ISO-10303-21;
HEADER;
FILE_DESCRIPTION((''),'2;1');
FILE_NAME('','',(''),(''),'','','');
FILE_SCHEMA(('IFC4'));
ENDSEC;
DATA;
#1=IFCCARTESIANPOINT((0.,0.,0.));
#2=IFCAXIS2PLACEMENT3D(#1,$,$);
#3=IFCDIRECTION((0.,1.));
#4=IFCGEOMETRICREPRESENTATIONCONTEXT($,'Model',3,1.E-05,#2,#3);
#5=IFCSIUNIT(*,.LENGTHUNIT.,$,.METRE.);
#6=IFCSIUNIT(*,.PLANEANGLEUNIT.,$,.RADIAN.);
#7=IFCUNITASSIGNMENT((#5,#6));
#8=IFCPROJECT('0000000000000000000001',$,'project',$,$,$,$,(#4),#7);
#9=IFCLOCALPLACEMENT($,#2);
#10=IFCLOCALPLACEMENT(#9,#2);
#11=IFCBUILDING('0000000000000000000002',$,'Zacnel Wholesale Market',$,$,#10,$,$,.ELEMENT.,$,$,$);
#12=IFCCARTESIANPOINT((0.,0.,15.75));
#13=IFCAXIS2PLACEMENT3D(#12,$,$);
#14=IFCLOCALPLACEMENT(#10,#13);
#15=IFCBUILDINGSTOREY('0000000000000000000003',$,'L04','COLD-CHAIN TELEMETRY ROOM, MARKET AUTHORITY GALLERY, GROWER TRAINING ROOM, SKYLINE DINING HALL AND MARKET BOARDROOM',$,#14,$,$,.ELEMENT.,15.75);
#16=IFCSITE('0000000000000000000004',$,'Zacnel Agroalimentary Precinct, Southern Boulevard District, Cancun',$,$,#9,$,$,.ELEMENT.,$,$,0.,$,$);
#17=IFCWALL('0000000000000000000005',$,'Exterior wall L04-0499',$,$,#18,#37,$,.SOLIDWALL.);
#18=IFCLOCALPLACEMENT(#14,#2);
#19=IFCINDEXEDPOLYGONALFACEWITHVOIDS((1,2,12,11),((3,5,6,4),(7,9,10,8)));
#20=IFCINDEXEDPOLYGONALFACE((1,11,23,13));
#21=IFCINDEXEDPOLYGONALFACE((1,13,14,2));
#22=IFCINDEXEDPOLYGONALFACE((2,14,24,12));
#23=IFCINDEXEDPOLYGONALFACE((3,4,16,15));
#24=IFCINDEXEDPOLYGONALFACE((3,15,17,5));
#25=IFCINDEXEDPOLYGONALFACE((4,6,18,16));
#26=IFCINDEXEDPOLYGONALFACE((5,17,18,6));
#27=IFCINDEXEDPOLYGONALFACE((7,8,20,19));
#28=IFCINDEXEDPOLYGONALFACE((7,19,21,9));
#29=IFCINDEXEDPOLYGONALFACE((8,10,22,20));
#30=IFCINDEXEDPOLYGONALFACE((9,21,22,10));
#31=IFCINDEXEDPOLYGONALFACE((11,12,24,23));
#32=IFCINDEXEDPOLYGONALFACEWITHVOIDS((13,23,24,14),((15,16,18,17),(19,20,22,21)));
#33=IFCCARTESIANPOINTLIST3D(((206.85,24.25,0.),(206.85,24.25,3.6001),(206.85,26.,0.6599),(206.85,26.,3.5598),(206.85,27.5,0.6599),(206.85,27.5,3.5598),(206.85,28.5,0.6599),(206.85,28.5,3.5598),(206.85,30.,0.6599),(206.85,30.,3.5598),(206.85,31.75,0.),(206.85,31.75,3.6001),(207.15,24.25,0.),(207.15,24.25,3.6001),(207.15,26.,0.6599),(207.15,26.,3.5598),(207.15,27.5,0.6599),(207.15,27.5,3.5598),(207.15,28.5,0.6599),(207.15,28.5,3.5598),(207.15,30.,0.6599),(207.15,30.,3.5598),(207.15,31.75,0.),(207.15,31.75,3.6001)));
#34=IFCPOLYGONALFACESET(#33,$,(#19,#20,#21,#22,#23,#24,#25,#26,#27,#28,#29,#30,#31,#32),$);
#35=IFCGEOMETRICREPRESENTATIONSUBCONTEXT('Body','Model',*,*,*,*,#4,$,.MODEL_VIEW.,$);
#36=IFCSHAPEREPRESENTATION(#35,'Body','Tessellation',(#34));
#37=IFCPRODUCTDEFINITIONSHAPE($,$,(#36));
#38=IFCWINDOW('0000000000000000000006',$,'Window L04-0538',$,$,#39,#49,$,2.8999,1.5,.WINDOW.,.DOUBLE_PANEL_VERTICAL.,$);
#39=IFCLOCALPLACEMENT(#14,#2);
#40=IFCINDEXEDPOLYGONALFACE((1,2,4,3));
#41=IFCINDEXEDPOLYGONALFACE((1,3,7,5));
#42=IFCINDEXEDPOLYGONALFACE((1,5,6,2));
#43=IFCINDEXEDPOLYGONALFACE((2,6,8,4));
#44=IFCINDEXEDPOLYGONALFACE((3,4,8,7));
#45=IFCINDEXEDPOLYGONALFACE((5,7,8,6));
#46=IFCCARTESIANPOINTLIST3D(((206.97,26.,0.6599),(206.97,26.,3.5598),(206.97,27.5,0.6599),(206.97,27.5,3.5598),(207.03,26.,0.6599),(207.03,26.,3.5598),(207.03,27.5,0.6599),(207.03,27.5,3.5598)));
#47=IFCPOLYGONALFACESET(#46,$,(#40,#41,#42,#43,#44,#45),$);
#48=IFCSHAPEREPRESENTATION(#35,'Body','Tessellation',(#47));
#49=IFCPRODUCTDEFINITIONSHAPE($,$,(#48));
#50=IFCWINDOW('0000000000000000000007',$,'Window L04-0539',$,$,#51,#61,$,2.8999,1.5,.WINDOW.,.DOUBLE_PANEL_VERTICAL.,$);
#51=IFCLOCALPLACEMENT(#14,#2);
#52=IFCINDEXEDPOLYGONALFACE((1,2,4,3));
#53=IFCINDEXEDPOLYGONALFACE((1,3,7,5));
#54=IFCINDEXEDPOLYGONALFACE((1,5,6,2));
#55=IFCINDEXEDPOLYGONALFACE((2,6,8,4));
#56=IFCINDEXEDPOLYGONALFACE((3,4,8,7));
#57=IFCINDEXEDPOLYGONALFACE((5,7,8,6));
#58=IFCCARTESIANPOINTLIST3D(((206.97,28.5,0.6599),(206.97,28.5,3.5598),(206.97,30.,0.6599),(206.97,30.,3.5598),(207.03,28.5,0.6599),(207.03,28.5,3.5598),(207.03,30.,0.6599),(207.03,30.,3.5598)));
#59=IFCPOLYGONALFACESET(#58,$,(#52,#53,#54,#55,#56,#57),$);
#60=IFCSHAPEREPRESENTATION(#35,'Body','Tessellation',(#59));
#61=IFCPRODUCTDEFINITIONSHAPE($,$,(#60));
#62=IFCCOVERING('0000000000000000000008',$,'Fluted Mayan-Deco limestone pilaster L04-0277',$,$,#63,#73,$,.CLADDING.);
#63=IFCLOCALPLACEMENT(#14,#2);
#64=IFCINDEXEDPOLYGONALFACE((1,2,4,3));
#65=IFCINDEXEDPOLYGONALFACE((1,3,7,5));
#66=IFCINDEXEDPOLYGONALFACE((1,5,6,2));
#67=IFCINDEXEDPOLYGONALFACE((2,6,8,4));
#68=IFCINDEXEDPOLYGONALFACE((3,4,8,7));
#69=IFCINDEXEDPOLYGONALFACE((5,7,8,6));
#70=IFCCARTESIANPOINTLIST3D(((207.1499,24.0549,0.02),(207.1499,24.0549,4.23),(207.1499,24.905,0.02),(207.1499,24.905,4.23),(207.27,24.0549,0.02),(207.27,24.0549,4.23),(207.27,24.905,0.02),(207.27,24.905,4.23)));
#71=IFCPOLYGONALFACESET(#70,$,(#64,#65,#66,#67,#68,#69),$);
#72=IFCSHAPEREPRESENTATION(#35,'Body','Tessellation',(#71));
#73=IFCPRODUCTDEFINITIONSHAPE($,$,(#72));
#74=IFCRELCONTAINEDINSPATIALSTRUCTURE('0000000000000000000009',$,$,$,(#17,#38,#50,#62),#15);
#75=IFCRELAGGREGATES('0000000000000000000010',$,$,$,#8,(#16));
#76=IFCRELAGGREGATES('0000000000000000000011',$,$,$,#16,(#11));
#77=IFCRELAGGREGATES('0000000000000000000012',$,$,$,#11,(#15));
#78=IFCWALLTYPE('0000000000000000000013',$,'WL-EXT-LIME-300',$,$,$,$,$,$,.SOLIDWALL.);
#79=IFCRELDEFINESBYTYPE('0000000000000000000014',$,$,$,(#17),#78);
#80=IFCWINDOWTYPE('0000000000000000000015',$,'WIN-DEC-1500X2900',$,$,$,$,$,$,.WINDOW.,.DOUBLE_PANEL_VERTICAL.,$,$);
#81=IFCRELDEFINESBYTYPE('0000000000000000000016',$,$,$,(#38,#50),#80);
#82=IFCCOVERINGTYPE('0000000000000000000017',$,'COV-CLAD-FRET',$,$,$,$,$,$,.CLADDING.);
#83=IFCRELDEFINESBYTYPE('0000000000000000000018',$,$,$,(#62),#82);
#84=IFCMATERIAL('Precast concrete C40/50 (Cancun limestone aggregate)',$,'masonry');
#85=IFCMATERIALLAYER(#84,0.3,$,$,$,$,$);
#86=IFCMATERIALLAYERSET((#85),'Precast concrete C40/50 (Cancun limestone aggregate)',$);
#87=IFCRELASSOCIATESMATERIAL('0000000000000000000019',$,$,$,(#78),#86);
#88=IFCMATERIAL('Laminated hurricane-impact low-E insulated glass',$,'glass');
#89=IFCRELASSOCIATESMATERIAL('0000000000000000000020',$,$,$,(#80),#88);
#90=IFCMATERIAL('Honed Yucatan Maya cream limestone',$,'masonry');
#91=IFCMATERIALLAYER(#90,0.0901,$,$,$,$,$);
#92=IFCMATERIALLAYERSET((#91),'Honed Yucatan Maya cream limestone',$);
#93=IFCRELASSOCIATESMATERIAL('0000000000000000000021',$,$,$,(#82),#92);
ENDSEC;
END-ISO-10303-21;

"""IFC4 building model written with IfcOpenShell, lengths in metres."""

from ifc_helpers import new_model, si_unit, direction, frame, frame_2d, origin, origin_2d, place, context, subcontext, project, spatial, rectangle, extrude, material, layer, layer_set, type_object, element, fill, save


model = new_model("IFC4")

# Units and contexts
model_context = context("Model", 3, precision=1e-05, world=origin(), true_north=direction((0.0, 1.0)))
body_context = subcontext(model_context, "Body", "Model", "MODEL_VIEW")
ifc_project = project(units=[si_unit("LENGTHUNIT", "METRE"), si_unit("PLANEANGLEUNIT", "RADIAN")], contexts=[model_context])

# Site, building, storey
site_placement = place(None, origin())
site = spatial("IfcSite", under=ifc_project, at=site_placement, Name="Zacnel Agroalimentary Precinct, Southern Boulevard District, Cancun", CompositionType="ELEMENT", RefElevation=0.0)
building_placement = place(site_placement, origin())
building = spatial("IfcBuilding", under=site, at=building_placement, Name="Zacnel Wholesale Market", CompositionType="ELEMENT")
storey_placement = place(building_placement, frame((0.0, 0.0, 15.75)))
storey = spatial("IfcBuildingStorey", under=building, at=storey_placement, Name="L04", Description="COLD-CHAIN TELEMETRY ROOM, MARKET AUTHORITY GALLERY, GROWER TRAINING ROOM, SKYLINE DINING HALL AND MARKET BOARDROOM", CompositionType="ELEMENT", Elevation=15.75)

# Wall, openings, windows
ifc_material_1 = material(Name="Precast concrete C40/50 (Cancun limestone aggregate)", Category="masonry")
ifc_layer_1 = layer(ifc_material_1, 0.3)
ifc_layer_set_1 = layer_set([ifc_layer_1], Name="Precast concrete C40/50 (Cancun limestone aggregate)")
wall_type_1 = type_object("IfcWallType", Name="WL-EXT-LIME-300", PredefinedType="SOLIDWALL", material=ifc_layer_set_1)
wall_1_placement = place(storey_placement, frame((207.0, 24.25, 0.0), z_axis=(0.0, 0.0, 1.0), x_axis=(0.0, 1.0, 0.0)))
wall_1 = element("IfcWall", 1, at=wall_1_placement, inside=storey, type_object=wall_type_1, Name="Exterior wall L04-0499", PredefinedType="SOLIDWALL", context=body_context, shape_type="SweptSolid", body=[
    extrude(rectangle(XDim=7.5, YDim=0.3, at=frame_2d((3.75, 0.0))), origin(), (0.0, 0.0, 1.0), 3.6001),
])
opening_1_placement = place(wall_1_placement, frame((1.75, 0.0, 0.6599)))
opening_1 = element("IfcOpeningElement", 2, at=opening_1_placement, cuts=wall_1, PredefinedType="OPENING", context=body_context, shape_type="SweptSolid", body=[
    extrude(rectangle(XDim=1.5, YDim=2.8999, at=frame_2d((0.75, 1.45))), frame((0.0, 0.1599, 0.0), z_axis=(0.0, -1.0, 0.0), x_axis=(1.0, 0.0, 0.0)), (0.0, 0.0, 1.0), 0.3201),
])
opening_2_placement = place(wall_1_placement, frame((4.25, 0.0, 0.6599)))
opening_2 = element("IfcOpeningElement", 3, at=opening_2_placement, cuts=wall_1, PredefinedType="OPENING", context=body_context, shape_type="SweptSolid", body=[
    extrude(rectangle(XDim=1.5, YDim=2.8999, at=frame_2d((0.75, 1.45))), frame((0.0, 0.1599, 0.0), z_axis=(0.0, -1.0, 0.0), x_axis=(1.0, 0.0, 0.0)), (0.0, 0.0, 1.0), 0.3201),
])
ifc_material_2 = material(Name="Laminated hurricane-impact low-E insulated glass", Category="glass")
window_type = type_object("IfcWindowType", Name="WIN-DEC-1500X2900", PartitioningType="DOUBLE_PANEL_VERTICAL", PredefinedType="WINDOW", material=ifc_material_2)
window_1_placement = place(opening_1_placement, origin())
window_1 = element("IfcWindow", 4, at=window_1_placement, inside=storey, type_object=window_type, Name="Window L04-0538", OverallHeight=2.8999, OverallWidth=1.5, PartitioningType="DOUBLE_PANEL_VERTICAL", PredefinedType="WINDOW", context=body_context, shape_type="SweptSolid", body=[
    extrude(rectangle(XDim=1.5, YDim=2.8999, at=frame_2d((0.75, 1.45))), frame((0.0, 0.03, 0.0), z_axis=(0.0, -1.0, 0.0), x_axis=(1.0, 0.0, 0.0)), (0.0, 0.0, 1.0), 0.0601),
])
fill(opening_1, window_1)
window_2_placement = place(opening_2_placement, origin())
window_2 = element("IfcWindow", 5, at=window_2_placement, inside=storey, type_object=window_type, Name="Window L04-0539", OverallHeight=2.8999, OverallWidth=1.5, PartitioningType="DOUBLE_PANEL_VERTICAL", PredefinedType="WINDOW", context=body_context, shape_type="SweptSolid", body=[
    extrude(rectangle(XDim=1.5, YDim=2.8999, at=frame_2d((0.75, 1.45))), frame((0.0, 0.03, 0.0), z_axis=(0.0, -1.0, 0.0), x_axis=(1.0, 0.0, 0.0)), (0.0, 0.0, 1.0), 0.0601),
])
fill(opening_2, window_2)

# Covering
ifc_material_3 = material(Name="Honed Yucatan Maya cream limestone", Category="masonry")
ifc_layer_2 = layer(ifc_material_3, 0.0901)
ifc_layer_set_2 = layer_set([ifc_layer_2], Name="Honed Yucatan Maya cream limestone")
covering_type = type_object("IfcCoveringType", Name="COV-CLAD-FRET", PredefinedType="CLADDING", material=ifc_layer_set_2)
covering_placement = place(storey_placement, frame((207.21, 24.48, 0.02), z_axis=(0.0, 0.0, 1.0), x_axis=(0.0, 1.0, 0.0)))
element("IfcCovering", 6, at=covering_placement, inside=storey, type_object=covering_type, Name="Fluted Mayan-Deco limestone pilaster L04-0277", PredefinedType="CLADDING", context=body_context, shape_type="SweptSolid", body=[
    extrude(rectangle(XDim=0.8501, YDim=0.1201, at=origin_2d()), origin(), (0.0, 0.0, 1.0), 4.21),
])

save(model, "model.ifc")
